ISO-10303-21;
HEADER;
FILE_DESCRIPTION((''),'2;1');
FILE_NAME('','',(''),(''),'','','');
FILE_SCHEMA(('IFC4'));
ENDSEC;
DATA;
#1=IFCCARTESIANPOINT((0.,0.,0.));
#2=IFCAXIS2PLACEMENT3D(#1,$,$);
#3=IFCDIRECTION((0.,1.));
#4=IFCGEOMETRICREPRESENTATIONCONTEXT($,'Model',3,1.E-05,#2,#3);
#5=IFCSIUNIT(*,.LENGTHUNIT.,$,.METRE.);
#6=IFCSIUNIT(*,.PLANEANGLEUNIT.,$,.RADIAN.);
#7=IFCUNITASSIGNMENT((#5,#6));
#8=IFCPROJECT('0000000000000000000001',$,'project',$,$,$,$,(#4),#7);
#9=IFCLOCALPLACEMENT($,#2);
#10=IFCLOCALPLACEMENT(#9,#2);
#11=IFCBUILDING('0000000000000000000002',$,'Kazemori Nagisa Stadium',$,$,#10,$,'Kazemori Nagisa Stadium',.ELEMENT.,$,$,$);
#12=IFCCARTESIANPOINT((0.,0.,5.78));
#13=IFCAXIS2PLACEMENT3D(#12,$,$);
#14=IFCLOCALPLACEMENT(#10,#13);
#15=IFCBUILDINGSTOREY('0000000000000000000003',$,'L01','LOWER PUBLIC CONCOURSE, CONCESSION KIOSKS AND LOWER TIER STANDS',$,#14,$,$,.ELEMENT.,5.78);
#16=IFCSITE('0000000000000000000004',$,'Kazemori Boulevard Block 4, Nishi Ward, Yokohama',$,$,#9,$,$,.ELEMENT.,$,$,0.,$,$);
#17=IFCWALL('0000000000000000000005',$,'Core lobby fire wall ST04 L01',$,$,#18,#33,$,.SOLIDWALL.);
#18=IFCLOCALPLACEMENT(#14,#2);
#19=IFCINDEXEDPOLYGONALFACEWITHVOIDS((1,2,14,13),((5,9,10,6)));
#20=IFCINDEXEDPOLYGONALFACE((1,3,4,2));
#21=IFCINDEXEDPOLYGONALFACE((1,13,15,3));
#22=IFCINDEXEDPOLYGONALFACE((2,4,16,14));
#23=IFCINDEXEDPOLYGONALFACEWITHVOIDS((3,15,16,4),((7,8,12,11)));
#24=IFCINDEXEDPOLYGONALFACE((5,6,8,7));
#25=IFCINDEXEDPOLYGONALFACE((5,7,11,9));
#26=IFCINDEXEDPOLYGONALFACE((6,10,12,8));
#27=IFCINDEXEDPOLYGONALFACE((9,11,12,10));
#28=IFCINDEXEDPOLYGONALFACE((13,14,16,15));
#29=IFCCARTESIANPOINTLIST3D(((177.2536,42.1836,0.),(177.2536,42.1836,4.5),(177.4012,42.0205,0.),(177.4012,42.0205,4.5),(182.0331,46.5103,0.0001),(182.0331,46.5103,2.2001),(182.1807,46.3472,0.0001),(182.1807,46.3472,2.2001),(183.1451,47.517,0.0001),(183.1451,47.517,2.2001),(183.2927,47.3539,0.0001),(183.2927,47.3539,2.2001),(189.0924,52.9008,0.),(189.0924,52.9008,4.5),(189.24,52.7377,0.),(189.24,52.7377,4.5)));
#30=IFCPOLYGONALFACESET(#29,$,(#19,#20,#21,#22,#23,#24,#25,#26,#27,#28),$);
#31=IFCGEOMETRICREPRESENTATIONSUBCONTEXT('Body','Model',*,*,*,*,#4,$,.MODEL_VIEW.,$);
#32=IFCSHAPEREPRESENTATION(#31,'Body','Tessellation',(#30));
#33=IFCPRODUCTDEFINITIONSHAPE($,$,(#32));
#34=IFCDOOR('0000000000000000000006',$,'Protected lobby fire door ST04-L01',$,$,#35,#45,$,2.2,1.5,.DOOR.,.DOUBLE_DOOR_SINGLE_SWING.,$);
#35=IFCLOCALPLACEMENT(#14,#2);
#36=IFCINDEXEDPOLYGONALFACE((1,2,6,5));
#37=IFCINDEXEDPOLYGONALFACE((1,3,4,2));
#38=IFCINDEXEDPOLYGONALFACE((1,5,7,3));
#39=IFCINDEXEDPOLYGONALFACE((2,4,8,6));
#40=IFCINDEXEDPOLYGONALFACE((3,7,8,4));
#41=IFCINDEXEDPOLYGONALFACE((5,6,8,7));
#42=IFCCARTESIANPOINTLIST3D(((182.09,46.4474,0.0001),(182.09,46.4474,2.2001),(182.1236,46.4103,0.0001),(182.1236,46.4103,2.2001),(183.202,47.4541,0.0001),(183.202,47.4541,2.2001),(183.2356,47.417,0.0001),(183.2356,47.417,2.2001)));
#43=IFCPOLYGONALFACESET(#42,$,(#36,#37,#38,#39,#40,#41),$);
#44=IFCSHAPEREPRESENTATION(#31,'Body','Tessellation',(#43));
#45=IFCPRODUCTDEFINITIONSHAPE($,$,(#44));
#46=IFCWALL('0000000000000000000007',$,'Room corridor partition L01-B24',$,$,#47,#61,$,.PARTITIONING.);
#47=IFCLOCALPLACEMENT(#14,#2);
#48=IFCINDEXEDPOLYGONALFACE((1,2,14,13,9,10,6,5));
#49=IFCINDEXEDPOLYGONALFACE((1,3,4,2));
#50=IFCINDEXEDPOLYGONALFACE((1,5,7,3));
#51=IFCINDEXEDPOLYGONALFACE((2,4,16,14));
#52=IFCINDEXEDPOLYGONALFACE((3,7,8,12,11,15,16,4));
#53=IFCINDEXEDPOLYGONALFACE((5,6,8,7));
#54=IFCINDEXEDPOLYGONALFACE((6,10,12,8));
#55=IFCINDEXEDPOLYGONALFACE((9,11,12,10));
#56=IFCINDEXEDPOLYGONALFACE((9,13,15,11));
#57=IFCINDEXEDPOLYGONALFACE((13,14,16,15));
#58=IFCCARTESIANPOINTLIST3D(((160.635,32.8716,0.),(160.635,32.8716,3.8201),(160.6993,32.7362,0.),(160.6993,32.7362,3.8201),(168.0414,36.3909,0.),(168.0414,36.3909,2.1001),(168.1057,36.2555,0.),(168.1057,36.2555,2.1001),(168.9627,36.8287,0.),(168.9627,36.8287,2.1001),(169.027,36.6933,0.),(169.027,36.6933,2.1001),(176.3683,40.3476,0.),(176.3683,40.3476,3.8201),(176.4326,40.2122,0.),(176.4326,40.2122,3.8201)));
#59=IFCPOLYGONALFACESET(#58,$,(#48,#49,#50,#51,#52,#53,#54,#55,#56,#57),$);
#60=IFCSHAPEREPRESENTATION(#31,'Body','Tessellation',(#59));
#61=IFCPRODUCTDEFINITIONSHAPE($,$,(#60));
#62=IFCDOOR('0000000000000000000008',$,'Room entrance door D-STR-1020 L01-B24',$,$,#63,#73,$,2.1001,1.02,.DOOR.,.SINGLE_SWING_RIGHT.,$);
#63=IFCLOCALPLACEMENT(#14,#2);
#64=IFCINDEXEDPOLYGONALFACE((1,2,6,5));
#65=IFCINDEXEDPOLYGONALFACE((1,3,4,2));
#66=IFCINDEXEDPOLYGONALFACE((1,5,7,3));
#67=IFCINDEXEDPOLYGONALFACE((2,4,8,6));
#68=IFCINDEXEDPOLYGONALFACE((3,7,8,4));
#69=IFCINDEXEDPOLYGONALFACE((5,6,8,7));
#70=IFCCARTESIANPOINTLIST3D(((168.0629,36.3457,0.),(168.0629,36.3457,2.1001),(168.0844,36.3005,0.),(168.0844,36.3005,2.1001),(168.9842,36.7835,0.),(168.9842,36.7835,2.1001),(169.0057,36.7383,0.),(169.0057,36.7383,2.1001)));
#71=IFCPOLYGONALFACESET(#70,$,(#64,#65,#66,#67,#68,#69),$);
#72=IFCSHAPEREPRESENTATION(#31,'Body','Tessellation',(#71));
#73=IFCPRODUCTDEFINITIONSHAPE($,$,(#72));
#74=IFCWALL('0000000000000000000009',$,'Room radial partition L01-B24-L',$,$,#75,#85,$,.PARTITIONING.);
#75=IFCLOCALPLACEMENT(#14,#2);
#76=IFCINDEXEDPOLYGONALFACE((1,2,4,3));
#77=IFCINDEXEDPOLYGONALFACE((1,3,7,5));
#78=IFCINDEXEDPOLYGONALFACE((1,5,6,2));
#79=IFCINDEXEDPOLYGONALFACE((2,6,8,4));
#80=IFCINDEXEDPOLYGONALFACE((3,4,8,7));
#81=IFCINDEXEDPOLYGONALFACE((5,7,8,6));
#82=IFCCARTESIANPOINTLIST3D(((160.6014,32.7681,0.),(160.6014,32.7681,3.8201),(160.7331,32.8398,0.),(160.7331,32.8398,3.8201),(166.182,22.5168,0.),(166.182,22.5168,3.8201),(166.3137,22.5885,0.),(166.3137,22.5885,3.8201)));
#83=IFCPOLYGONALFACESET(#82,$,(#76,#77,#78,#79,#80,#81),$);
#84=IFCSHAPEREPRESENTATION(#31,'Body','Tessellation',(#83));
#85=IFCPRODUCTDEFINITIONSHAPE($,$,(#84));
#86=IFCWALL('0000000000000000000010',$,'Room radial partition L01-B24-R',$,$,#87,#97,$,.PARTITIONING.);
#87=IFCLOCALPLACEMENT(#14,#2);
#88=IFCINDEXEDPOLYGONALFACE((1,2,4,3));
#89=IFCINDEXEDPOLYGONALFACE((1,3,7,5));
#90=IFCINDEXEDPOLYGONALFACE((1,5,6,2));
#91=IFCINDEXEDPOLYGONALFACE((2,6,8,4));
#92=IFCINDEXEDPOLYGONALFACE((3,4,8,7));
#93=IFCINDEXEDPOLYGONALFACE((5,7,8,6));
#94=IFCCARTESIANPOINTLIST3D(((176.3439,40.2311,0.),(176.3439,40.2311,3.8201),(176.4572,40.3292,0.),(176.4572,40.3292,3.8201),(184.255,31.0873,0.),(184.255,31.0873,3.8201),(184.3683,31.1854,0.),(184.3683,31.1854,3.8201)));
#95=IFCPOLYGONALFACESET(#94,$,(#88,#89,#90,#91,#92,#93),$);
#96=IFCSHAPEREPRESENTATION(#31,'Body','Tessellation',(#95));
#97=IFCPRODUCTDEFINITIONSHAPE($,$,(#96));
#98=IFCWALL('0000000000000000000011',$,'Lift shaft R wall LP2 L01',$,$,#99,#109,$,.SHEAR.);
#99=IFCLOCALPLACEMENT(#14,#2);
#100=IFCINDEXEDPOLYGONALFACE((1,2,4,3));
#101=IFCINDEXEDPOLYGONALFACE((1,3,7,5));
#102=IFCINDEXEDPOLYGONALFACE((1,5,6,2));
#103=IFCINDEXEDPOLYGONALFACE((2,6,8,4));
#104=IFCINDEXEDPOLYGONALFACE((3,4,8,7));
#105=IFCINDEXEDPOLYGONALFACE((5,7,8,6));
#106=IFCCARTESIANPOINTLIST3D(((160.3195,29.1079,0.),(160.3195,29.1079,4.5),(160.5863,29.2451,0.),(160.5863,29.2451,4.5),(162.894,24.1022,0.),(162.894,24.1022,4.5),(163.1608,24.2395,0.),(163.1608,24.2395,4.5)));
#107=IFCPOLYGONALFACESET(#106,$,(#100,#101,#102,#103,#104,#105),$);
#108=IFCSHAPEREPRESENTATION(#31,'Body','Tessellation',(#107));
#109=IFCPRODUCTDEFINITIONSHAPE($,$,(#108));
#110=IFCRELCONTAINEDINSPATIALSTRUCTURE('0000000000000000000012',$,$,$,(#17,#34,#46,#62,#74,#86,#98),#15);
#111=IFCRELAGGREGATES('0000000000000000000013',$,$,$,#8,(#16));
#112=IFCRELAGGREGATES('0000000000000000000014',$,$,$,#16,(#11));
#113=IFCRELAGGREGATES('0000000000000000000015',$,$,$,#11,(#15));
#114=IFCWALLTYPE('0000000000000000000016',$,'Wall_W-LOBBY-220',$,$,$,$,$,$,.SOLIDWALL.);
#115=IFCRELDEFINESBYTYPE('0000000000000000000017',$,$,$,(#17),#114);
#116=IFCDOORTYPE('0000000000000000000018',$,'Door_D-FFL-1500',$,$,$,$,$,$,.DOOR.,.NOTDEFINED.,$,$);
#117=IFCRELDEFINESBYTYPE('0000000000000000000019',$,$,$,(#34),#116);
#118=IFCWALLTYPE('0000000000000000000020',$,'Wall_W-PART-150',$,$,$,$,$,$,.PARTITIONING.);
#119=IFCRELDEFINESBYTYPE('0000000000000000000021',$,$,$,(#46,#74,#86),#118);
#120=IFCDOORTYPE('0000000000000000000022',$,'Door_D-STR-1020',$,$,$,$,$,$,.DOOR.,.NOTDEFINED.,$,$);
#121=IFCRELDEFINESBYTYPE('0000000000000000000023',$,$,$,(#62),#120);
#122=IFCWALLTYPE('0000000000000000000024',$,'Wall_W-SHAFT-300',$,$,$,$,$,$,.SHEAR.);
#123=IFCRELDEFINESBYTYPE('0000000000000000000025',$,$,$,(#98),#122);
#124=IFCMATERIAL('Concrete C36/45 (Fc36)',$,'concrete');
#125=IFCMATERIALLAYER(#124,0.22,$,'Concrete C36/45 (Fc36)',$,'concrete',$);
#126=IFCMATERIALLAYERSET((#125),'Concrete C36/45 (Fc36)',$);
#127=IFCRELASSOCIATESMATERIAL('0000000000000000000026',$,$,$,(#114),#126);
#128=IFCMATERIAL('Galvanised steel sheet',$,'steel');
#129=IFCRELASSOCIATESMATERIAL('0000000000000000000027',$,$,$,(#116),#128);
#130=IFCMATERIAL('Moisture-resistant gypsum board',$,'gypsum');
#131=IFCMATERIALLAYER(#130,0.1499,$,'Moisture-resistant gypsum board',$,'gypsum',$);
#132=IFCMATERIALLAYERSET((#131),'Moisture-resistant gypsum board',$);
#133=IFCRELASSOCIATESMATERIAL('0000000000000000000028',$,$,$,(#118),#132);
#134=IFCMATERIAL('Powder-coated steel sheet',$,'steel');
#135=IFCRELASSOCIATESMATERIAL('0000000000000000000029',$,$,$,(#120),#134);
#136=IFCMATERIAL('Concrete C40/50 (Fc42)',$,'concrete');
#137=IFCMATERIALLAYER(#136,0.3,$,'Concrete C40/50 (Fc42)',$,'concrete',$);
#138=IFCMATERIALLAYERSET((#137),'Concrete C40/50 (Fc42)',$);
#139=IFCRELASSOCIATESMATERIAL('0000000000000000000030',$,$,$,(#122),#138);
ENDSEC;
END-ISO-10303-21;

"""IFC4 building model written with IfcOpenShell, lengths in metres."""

from ifc_helpers import new_model, si_unit, direction, frame, frame_2d, origin, place, context, subcontext, project, spatial, rectangle, extrude, material, layer, layer_set, type_object, element, fill, save


model = new_model("IFC4")

# Units and contexts
model_context = context("Model", 3, precision=1e-05, world=origin(), true_north=direction((0.0, 1.0)))
body_context = subcontext(model_context, "Body", "Model", "MODEL_VIEW")
ifc_project = project(units=[si_unit("LENGTHUNIT", "METRE"), si_unit("PLANEANGLEUNIT", "RADIAN")], contexts=[model_context])

# Site, building, storey
site_placement = place(None, origin())
site = spatial("IfcSite", under=ifc_project, at=site_placement, Name="Kazemori Boulevard Block 4, Nishi Ward, Yokohama", CompositionType="ELEMENT", RefElevation=0.0)
building_placement = place(site_placement, origin())
building = spatial("IfcBuilding", under=site, at=building_placement, Name="Kazemori Nagisa Stadium", LongName="Kazemori Nagisa Stadium", CompositionType="ELEMENT")
storey_placement = place(building_placement, frame((0.0, 0.0, 5.78)))
storey = spatial("IfcBuildingStorey", under=building, at=storey_placement, Name="L01", Description="LOWER PUBLIC CONCOURSE, CONCESSION KIOSKS AND LOWER TIER STANDS", CompositionType="ELEMENT", Elevation=5.78)

# Shared definitions
ifc_material_1 = material(Name="Concrete C40/50 (Fc42)", Category="concrete")

# Shared definitions
ifc_material_2 = material(Name="Galvanised steel sheet", Category="steel")

# Shared definitions
ifc_material_3 = material(Name="Concrete C36/45 (Fc36)", Category="concrete")
ifc_layer_1 = layer(ifc_material_3, 0.22, Name="Concrete C36/45 (Fc36)", Category="concrete")
ifc_layer_set_1 = layer_set([ifc_layer_1], Name="Concrete C36/45 (Fc36)")
wall_type_1 = type_object("IfcWallType", Name="Wall_W-LOBBY-220", PredefinedType="SOLIDWALL", material=ifc_layer_set_1)
door_type_1 = type_object("IfcDoorType", Name="Door_D-FFL-1500", OperationType="NOTDEFINED", PredefinedType="DOOR", material=ifc_material_2)

# Walls, openings, doors
wall_1_placement = place(storey_placement, frame((177.3274, 42.1021, 0.0), z_axis=(0.0, 0.0, 1.0), x_axis=(0.741351, 0.671117, 0.0)))
wall_1 = element("IfcWall", 1, at=wall_1_placement, inside=storey, type_object=wall_type_1, Name="Core lobby fire wall ST04 L01", PredefinedType="SOLIDWALL", context=body_context, shape_type="SweptSolid", body=[
    extrude(rectangle(XDim=15.9692, YDim=0.22, at=frame_2d((7.9846, 0.0))), origin(), (0.0, 0.0, 1.0), 4.5),
])
opening_1_placement = place(wall_1_placement, frame((6.447, 0.0, 0.0)))
opening_1 = element("IfcOpeningElement", 2, at=opening_1_placement, cuts=wall_1, PredefinedType="OPENING", context=body_context, shape_type="SweptSolid", body=[
    extrude(rectangle(XDim=1.5, YDim=2.2, at=frame_2d((0.75, 1.1001))), frame((0.0, 0.1199, 0.0), z_axis=(0.0, -1.0, 0.0), x_axis=(1.0, 0.0, 0.0)), (0.0, 0.0, 1.0), 0.24),
])
door_1_placement = place(opening_1_placement, frame((1.5, 0.0, 0.0), z_axis=(0.0, 0.0, 1.0), x_axis=(-1.0, 0.0, 0.0)))
door_1 = element("IfcDoor", 3, at=door_1_placement, inside=storey, type_object=door_type_1, Name="Protected lobby fire door ST04-L01", OperationType="DOUBLE_DOOR_SINGLE_SWING", OverallHeight=2.2, OverallWidth=1.5, PredefinedType="DOOR", context=body_context, shape_type="SweptSolid", body=[
    extrude(rectangle(XDim=1.5, YDim=2.2, at=frame_2d((0.75, 1.1001))), frame((0.0, 0.0249, 0.0), z_axis=(0.0, -1.0, 0.0), x_axis=(1.0, 0.0, 0.0)), (0.0, 0.0, 1.0), 0.05),
])
fill(opening_1, door_1)
ifc_material_4 = material(Name="Moisture-resistant gypsum board", Category="gypsum")
ifc_layer_2 = layer(ifc_material_4, 0.1499, Name="Moisture-resistant gypsum board", Category="gypsum")
ifc_layer_set_2 = layer_set([ifc_layer_2], Name="Moisture-resistant gypsum board")
wall_type_2 = type_object("IfcWallType", Name="Wall_W-PART-150", PredefinedType="PARTITIONING", material=ifc_layer_set_2)
wall_2_placement = place(storey_placement, frame((160.6672, 32.804, 0.0), z_axis=(0.0, 0.0, 1.0), x_axis=(0.903217, 0.429184, 0.0)))
wall_2 = element("IfcWall", 4, at=wall_2_placement, inside=storey, type_object=wall_type_2, Name="Room corridor partition L01-B24", PredefinedType="PARTITIONING", context=body_context, shape_type="SweptSolid", body=[
    extrude(rectangle(XDim=17.4192, YDim=0.1499, at=frame_2d((8.7095, 0.0))), origin(), (0.0, 0.0, 1.0), 3.8201),
])
opening_2_placement = place(wall_2_placement, frame((8.2, 0.0, 0.0)))
opening_2 = element("IfcOpeningElement", 5, at=opening_2_placement, cuts=wall_2, PredefinedType="OPENING", context=body_context, shape_type="SweptSolid", body=[
    extrude(rectangle(XDim=1.02, YDim=2.1001, at=frame_2d((0.51, 1.05))), frame((0.0, 0.085, 0.0), z_axis=(0.0, -1.0, 0.0), x_axis=(1.0, 0.0, 0.0)), (0.0, 0.0, 1.0), 0.1699),
])
ifc_material_5 = material(Name="Powder-coated steel sheet", Category="steel")
door_type_2 = type_object("IfcDoorType", Name="Door_D-STR-1020", OperationType="NOTDEFINED", PredefinedType="DOOR", material=ifc_material_5)
door_2_placement = place(opening_2_placement, origin())
door_2 = element("IfcDoor", 6, at=door_2_placement, inside=storey, type_object=door_type_2, Name="Room entrance door D-STR-1020 L01-B24", OperationType="SINGLE_SWING_RIGHT", OverallHeight=2.1001, OverallWidth=1.02, PredefinedType="DOOR", context=body_context, shape_type="SweptSolid", body=[
    extrude(rectangle(XDim=1.02, YDim=2.1001, at=frame_2d((0.51, 1.05))), frame((0.0, 0.0249, 0.0), z_axis=(0.0, -1.0, 0.0), x_axis=(1.0, 0.0, 0.0)), (0.0, 0.0, 1.0), 0.05),
])
fill(opening_2, door_2)

# Walls
wall_3_placement = place(storey_placement, frame((160.6672, 32.804, 0.0), z_axis=(0.0, 0.0, 1.0), x_axis=(0.478125, -0.878292, 0.0)))
element("IfcWall", 7, at=wall_3_placement, inside=storey, type_object=wall_type_2, Name="Room radial partition L01-B24-L", PredefinedType="PARTITIONING", context=body_context, shape_type="SweptSolid", body=[
    extrude(rectangle(XDim=11.6719, YDim=0.1499, at=frame_2d((5.8359, 0.0))), origin(), (0.0, 0.0, 1.0), 3.8201),
])
wall_4_placement = place(storey_placement, frame((176.4006, 40.28, 0.0), z_axis=(0.0, 0.0, 1.0), x_axis=(0.654293, -0.756241, 0.0)))
element("IfcWall", 8, at=wall_4_placement, inside=storey, type_object=wall_type_2, Name="Room radial partition L01-B24-R", PredefinedType="PARTITIONING", context=body_context, shape_type="SweptSolid", body=[
    extrude(rectangle(XDim=12.0911, YDim=0.1499, at=frame_2d((6.0454, 0.0))), origin(), (0.0, 0.0, 1.0), 3.8201),
])
ifc_layer_3 = layer(ifc_material_1, 0.3, Name="Concrete C40/50 (Fc42)", Category="concrete")
ifc_layer_set_3 = layer_set([ifc_layer_3], Name="Concrete C40/50 (Fc42)")
wall_type_3 = type_object("IfcWallType", Name="Wall_W-SHAFT-300", PredefinedType="SHEAR", material=ifc_layer_set_3)
wall_5_placement = place(storey_placement, frame((160.4529, 29.1765, 0.0), z_axis=(0.0, 0.0, 1.0), x_axis=(0.457369, -0.889277, 0.0)))
element("IfcWall", 9, at=wall_5_placement, inside=storey, type_object=wall_type_3, Name="Lift shaft R wall LP2 L01", PredefinedType="SHEAR", context=body_context, shape_type="SweptSolid", body=[
    extrude(rectangle(XDim=5.6289, YDim=0.3, at=frame_2d((2.8145, 0.0))), origin(), (0.0, 0.0, 1.0), 4.5),
])

save(model, "model.ifc")
